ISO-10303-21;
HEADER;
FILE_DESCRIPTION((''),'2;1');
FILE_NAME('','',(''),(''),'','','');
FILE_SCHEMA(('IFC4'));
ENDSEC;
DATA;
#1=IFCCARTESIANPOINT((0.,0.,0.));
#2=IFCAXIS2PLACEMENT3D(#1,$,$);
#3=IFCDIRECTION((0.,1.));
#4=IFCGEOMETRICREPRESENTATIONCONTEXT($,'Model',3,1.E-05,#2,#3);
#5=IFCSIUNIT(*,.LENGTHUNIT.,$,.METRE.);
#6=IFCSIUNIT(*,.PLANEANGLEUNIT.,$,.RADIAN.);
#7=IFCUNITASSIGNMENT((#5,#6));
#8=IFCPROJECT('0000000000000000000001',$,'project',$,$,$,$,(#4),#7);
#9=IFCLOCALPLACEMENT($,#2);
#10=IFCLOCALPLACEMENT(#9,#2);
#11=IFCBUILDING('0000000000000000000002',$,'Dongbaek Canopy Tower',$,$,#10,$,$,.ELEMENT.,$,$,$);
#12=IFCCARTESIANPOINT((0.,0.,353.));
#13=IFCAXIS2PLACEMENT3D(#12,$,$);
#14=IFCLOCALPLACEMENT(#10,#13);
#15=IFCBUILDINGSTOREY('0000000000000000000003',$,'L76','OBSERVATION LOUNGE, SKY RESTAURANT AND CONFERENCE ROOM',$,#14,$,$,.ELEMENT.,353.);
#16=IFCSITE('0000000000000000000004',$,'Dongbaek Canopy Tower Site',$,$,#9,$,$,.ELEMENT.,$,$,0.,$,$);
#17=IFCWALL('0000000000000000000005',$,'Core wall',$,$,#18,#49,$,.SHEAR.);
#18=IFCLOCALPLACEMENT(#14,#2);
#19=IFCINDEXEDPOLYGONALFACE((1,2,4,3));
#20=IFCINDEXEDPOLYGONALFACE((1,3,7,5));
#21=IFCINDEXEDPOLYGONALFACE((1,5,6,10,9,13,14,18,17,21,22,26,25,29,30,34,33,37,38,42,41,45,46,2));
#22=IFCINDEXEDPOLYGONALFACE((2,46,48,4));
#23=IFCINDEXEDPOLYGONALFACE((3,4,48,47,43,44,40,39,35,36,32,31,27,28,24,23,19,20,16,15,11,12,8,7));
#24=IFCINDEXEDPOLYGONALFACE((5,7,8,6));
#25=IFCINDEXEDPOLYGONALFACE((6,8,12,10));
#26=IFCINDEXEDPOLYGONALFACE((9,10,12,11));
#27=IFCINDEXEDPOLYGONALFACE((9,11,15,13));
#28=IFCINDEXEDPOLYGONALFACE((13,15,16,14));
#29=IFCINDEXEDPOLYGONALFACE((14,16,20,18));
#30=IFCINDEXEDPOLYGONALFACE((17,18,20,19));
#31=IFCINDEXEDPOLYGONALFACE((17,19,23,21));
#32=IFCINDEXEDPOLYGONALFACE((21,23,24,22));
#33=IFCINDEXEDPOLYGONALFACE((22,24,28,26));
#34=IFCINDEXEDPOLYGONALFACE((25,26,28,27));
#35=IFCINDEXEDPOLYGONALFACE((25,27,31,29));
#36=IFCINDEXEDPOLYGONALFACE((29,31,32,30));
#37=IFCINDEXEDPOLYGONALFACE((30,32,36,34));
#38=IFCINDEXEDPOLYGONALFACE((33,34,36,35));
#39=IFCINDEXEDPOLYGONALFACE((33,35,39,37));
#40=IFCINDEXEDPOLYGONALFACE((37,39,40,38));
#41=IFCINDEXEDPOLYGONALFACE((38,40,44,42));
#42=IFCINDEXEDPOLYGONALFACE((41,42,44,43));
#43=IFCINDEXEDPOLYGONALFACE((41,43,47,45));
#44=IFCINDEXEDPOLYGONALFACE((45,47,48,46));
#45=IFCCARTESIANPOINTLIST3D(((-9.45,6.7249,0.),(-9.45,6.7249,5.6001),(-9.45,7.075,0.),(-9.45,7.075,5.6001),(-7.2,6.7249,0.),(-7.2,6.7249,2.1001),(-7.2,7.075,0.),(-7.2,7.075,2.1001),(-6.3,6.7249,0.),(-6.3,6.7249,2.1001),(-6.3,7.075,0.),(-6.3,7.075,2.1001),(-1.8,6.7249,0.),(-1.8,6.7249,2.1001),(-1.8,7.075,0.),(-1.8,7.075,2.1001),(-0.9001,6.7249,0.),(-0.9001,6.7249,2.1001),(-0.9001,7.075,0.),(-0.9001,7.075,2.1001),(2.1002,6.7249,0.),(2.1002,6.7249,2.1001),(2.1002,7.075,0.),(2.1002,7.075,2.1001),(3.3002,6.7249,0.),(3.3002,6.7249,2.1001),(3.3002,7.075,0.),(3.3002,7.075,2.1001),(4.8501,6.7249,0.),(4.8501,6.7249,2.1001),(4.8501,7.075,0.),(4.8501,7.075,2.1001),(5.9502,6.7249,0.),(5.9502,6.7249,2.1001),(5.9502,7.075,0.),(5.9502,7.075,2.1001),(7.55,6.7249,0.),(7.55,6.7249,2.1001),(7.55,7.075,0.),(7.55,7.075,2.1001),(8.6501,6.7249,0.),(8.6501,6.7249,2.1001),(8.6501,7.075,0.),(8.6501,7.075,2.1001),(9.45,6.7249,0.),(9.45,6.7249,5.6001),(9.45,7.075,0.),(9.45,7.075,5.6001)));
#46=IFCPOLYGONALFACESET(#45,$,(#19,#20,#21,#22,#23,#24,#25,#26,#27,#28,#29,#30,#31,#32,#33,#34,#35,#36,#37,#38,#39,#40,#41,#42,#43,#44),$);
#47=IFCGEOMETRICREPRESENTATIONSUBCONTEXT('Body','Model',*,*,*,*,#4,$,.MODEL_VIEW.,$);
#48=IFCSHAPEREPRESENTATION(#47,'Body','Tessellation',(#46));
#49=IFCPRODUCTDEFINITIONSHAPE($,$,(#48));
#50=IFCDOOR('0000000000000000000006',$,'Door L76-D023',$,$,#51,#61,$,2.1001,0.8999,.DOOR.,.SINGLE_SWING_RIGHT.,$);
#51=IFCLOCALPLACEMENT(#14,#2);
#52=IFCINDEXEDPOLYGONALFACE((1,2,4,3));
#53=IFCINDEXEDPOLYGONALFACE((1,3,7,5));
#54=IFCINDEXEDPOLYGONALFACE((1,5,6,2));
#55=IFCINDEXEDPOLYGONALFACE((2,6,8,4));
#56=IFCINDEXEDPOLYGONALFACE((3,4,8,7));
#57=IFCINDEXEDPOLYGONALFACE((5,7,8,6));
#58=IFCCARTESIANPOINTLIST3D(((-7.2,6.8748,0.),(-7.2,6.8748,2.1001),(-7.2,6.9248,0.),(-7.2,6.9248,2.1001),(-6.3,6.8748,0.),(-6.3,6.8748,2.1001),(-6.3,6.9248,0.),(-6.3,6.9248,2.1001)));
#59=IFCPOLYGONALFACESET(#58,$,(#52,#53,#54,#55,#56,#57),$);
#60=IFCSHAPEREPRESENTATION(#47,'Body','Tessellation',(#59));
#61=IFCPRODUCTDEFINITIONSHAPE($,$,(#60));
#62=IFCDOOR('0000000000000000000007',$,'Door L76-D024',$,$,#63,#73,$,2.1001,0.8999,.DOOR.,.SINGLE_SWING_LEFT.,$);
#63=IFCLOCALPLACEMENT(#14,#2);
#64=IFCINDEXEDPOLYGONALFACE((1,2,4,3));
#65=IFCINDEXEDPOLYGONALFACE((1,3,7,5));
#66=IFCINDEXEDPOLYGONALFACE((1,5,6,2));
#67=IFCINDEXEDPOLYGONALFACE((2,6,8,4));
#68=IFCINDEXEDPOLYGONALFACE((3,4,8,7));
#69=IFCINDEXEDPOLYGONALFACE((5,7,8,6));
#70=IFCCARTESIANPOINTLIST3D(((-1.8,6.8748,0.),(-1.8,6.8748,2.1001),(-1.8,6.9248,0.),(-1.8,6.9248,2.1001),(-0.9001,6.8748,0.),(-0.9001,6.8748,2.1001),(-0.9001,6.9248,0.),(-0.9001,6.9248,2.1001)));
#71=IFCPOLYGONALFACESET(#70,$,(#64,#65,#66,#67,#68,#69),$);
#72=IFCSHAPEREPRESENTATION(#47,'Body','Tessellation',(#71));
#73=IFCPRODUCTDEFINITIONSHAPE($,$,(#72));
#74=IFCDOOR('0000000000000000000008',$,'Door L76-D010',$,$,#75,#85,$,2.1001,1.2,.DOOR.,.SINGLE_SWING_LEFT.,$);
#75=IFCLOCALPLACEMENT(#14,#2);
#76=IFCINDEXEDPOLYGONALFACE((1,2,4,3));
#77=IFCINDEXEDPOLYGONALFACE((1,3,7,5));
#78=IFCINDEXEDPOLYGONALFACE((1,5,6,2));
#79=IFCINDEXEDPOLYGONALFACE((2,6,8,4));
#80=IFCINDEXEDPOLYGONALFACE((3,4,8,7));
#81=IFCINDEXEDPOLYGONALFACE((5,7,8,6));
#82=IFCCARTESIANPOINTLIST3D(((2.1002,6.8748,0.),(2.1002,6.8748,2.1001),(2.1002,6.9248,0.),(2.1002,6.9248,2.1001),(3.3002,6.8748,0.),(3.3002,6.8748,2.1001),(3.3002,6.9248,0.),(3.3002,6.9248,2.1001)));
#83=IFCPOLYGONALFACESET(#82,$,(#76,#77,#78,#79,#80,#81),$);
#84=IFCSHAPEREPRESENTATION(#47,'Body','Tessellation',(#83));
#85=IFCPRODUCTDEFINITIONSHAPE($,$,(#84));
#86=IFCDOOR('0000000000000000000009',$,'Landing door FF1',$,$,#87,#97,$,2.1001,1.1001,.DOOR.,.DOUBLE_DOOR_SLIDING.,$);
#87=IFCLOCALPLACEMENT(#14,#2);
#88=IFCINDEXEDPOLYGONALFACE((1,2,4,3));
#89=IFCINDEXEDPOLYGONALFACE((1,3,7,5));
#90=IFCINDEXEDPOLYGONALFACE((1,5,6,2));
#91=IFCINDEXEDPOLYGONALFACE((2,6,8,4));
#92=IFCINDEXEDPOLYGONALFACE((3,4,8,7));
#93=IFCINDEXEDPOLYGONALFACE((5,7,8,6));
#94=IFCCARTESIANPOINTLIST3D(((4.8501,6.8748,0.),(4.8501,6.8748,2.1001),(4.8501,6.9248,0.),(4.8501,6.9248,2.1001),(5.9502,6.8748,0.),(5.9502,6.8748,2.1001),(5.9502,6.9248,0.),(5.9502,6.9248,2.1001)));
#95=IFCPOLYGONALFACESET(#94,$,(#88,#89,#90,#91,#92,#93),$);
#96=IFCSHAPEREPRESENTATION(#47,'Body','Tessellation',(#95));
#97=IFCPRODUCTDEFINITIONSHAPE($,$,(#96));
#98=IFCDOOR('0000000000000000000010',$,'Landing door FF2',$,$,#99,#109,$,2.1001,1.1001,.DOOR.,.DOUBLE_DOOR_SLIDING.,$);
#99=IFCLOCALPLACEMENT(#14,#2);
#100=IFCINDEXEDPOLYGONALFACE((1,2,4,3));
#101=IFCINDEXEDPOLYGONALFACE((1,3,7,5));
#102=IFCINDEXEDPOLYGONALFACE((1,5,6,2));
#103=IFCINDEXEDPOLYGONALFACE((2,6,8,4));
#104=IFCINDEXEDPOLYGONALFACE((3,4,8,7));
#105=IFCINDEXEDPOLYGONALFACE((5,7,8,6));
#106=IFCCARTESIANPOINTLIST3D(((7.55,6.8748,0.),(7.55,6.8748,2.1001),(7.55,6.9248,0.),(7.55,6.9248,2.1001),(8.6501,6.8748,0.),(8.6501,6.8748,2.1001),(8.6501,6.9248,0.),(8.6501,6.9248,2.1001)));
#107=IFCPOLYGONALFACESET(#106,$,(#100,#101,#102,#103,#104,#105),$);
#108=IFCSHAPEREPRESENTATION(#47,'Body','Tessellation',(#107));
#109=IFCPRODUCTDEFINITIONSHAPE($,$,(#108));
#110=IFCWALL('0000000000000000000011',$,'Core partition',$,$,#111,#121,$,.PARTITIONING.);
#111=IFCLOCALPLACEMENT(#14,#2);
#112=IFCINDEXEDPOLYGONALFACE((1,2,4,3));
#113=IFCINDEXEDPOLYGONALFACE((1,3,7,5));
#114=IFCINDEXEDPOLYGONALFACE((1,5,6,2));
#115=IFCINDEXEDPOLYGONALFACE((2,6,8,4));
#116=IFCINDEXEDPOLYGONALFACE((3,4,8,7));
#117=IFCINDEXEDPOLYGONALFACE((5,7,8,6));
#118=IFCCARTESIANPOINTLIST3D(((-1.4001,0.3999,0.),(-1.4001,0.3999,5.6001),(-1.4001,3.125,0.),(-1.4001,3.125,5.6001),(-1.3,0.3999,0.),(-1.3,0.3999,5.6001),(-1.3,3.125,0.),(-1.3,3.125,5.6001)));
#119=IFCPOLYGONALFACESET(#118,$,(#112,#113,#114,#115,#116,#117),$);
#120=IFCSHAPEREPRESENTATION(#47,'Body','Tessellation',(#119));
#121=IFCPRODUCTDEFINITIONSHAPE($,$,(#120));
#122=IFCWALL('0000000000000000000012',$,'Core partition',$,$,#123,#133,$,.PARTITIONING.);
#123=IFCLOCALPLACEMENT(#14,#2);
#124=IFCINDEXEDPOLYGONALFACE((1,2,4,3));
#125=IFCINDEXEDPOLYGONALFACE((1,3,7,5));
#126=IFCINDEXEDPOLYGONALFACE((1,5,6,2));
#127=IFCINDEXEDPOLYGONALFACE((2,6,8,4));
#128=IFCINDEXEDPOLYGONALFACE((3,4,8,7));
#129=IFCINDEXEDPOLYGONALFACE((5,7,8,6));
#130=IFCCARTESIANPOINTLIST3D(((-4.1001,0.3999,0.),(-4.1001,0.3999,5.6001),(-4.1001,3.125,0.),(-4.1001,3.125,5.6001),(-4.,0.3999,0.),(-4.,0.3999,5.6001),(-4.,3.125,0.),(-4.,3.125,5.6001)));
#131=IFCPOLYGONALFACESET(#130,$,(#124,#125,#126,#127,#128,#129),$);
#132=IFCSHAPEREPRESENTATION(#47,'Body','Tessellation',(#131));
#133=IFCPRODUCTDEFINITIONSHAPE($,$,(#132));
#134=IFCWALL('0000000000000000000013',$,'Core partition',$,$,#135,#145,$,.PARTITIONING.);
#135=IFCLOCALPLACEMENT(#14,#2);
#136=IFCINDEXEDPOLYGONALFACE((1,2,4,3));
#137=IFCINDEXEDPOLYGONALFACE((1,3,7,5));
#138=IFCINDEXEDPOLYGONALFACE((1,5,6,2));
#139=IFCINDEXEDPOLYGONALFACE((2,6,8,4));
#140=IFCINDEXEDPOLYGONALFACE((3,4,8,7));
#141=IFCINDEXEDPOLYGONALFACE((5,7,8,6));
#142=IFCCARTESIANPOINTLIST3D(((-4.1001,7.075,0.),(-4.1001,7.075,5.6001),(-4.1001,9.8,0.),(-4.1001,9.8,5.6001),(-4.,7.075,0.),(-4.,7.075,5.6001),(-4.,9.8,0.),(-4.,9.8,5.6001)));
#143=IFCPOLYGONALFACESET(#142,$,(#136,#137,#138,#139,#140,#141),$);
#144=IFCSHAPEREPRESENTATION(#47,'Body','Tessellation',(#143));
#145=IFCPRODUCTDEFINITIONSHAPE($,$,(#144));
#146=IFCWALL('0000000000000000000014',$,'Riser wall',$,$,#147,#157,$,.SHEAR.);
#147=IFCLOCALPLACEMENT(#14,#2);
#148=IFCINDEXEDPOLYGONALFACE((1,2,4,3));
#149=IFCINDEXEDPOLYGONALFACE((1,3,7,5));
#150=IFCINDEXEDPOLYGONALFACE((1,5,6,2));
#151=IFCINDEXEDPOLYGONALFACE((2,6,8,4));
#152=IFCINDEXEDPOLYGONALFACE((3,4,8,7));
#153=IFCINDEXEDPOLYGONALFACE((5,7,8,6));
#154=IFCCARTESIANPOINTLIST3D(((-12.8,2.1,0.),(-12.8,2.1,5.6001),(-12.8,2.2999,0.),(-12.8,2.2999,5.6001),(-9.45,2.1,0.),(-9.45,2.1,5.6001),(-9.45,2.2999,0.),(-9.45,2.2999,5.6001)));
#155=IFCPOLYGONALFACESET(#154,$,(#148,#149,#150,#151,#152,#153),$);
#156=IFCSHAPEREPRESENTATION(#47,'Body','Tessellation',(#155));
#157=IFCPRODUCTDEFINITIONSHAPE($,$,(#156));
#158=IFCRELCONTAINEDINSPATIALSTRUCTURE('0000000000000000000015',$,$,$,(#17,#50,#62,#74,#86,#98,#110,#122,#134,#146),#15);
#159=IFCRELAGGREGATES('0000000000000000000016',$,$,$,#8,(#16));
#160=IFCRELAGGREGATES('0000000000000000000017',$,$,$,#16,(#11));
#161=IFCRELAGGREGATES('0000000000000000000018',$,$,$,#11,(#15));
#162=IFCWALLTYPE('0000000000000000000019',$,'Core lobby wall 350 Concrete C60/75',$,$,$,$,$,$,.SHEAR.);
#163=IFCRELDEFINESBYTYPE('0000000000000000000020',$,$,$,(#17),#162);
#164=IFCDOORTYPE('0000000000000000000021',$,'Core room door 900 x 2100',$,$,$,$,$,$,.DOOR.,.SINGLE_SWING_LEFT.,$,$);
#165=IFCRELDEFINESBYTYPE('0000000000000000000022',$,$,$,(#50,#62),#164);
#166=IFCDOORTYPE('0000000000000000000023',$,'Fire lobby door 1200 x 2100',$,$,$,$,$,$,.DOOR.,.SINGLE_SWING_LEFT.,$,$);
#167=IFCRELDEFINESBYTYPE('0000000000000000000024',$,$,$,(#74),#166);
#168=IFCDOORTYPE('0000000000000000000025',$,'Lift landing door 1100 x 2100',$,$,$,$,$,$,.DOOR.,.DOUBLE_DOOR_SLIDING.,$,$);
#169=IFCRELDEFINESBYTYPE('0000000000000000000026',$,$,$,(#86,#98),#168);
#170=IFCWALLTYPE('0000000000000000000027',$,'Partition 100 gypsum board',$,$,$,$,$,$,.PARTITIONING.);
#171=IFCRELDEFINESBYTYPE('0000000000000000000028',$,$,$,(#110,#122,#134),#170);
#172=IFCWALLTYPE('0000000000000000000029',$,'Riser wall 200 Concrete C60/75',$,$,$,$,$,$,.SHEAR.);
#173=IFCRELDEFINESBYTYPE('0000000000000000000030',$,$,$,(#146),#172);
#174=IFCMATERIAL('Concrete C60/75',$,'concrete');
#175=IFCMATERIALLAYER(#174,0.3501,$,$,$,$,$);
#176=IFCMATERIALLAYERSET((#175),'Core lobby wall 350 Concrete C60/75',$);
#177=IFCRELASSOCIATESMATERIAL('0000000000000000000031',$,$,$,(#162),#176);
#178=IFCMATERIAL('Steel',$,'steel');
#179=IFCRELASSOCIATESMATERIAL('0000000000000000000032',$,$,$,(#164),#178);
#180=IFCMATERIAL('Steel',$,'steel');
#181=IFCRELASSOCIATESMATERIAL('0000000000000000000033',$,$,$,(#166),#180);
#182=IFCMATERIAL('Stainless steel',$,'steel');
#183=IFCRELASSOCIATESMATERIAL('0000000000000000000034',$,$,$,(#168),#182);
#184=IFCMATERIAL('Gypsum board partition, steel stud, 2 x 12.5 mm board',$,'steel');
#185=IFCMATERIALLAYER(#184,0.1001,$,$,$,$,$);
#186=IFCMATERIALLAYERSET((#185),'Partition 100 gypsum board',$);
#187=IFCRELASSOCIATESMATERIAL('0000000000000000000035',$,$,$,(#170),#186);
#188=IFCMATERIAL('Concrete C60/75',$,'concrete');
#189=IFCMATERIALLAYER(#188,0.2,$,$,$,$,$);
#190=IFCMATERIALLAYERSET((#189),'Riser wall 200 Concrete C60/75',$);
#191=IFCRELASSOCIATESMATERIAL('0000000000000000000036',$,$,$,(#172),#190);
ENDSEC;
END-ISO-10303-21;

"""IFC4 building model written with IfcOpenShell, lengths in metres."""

from ifc_helpers import new_model, si_unit, direction, frame, frame_2d, origin, place, context, subcontext, project, spatial, rectangle, extrude, material, layer, layer_set, type_object, element, fill, save


model = new_model("IFC4")

# Units and contexts
model_context = context("Model", 3, precision=1e-05, world=origin(), true_north=direction((0.0, 1.0)))
body_context = subcontext(model_context, "Body", "Model", "MODEL_VIEW")
ifc_project = project(units=[si_unit("LENGTHUNIT", "METRE"), si_unit("PLANEANGLEUNIT", "RADIAN")], contexts=[model_context])

# Site, building, storey
site_placement = place(None, origin())
site = spatial("IfcSite", under=ifc_project, at=site_placement, Name="Dongbaek Canopy Tower Site", CompositionType="ELEMENT", RefElevation=0.0)
building_placement = place(site_placement, origin())
building = spatial("IfcBuilding", under=site, at=building_placement, Name="Dongbaek Canopy Tower", CompositionType="ELEMENT")
storey_placement = place(building_placement, frame((0.0, 0.0, 353.0)))
storey = spatial("IfcBuildingStorey", under=building, at=storey_placement, Name="L76", Description="OBSERVATION LOUNGE, SKY RESTAURANT AND CONFERENCE ROOM", CompositionType="ELEMENT", Elevation=353.0)

# Wall, openings, doors
ifc_material_1 = material(Name="Concrete C60/75", Category="concrete")
ifc_layer_1 = layer(ifc_material_1, 0.3501)
ifc_layer_set_1 = layer_set([ifc_layer_1], Name="Core lobby wall 350 Concrete C60/75")
wall_type_1 = type_object("IfcWallType", Name="Core lobby wall 350 Concrete C60/75", PredefinedType="SHEAR", material=ifc_layer_set_1)
wall_1_placement = place(storey_placement, frame((-9.45, 6.8999, 0.0), z_axis=(0.0, 0.0, 1.0), x_axis=(1.0, 0.0, 0.0)))
wall_1 = element("IfcWall", 1, at=wall_1_placement, inside=storey, type_object=wall_type_1, Name="Core wall", PredefinedType="SHEAR", context=body_context, shape_type="SweptSolid", body=[
    extrude(rectangle(XDim=18.8999, YDim=0.3501, at=frame_2d((9.45, 0.0))), origin(), (0.0, 0.0, 1.0), 5.6001),
])
opening_1_placement = place(wall_1_placement, frame((11.55, 0.0, 0.0)))
opening_1 = element("IfcOpeningElement", 2, at=opening_1_placement, cuts=wall_1, PredefinedType="OPENING", context=body_context, shape_type="SweptSolid", body=[
    extrude(rectangle(XDim=1.2, YDim=2.1001, at=frame_2d((0.6001, 1.05))), frame((0.0, 0.1851, 0.0), z_axis=(0.0, -1.0, 0.0), x_axis=(1.0, 0.0, 0.0)), (0.0, 0.0, 1.0), 0.3701),
])
opening_2_placement = place(wall_1_placement, frame((14.3, 0.0, 0.0)))
opening_2 = element("IfcOpeningElement", 3, at=opening_2_placement, cuts=wall_1, PredefinedType="OPENING", context=body_context, shape_type="SweptSolid", body=[
    extrude(rectangle(XDim=1.1001, YDim=2.1001, at=frame_2d((0.55, 1.05))), frame((0.0, 0.1851, 0.0), z_axis=(0.0, -1.0, 0.0), x_axis=(1.0, 0.0, 0.0)), (0.0, 0.0, 1.0), 0.3701),
])
opening_3_placement = place(wall_1_placement, frame((17.0, 0.0, 0.0)))
opening_3 = element("IfcOpeningElement", 4, at=opening_3_placement, cuts=wall_1, PredefinedType="OPENING", context=body_context, shape_type="SweptSolid", body=[
    extrude(rectangle(XDim=1.1001, YDim=2.1001, at=frame_2d((0.55, 1.05))), frame((0.0, 0.1851, 0.0), z_axis=(0.0, -1.0, 0.0), x_axis=(1.0, 0.0, 0.0)), (0.0, 0.0, 1.0), 0.3701),
])
opening_4_placement = place(wall_1_placement, frame((2.25, 0.0, 0.0)))
opening_4 = element("IfcOpeningElement", 5, at=opening_4_placement, cuts=wall_1, PredefinedType="OPENING", context=body_context, shape_type="SweptSolid", body=[
    extrude(rectangle(XDim=0.8999, YDim=2.1001, at=frame_2d((0.45, 1.05))), frame((0.0, 0.1851, 0.0), z_axis=(0.0, -1.0, 0.0), x_axis=(1.0, 0.0, 0.0)), (0.0, 0.0, 1.0), 0.3701),
])
opening_5_placement = place(wall_1_placement, frame((7.6499, 0.0, 0.0)))
opening_5 = element("IfcOpeningElement", 6, at=opening_5_placement, cuts=wall_1, PredefinedType="OPENING", context=body_context, shape_type="SweptSolid", body=[
    extrude(rectangle(XDim=0.8999, YDim=2.1001, at=frame_2d((0.45, 1.05))), frame((0.0, 0.1851, 0.0), z_axis=(0.0, -1.0, 0.0), x_axis=(1.0, 0.0, 0.0)), (0.0, 0.0, 1.0), 0.3701),
])
ifc_material_2 = material(Name="Steel", Category="steel")
door_type_1 = type_object("IfcDoorType", Name="Core room door 900 x 2100", OperationType="SINGLE_SWING_LEFT", PredefinedType="DOOR", material=ifc_material_2)
door_1_placement = place(opening_4_placement, origin())
door_1 = element("IfcDoor", 7, at=door_1_placement, inside=storey, type_object=door_type_1, Name="Door L76-D023", OperationType="SINGLE_SWING_RIGHT", OverallHeight=2.1001, OverallWidth=0.8999, PredefinedType="DOOR", context=body_context, shape_type="SweptSolid", body=[
    extrude(rectangle(XDim=0.8999, YDim=2.1001, at=frame_2d((0.45, 1.05))), frame((0.0, 0.0249, 0.0), z_axis=(0.0, -1.0, 0.0), x_axis=(1.0, 0.0, 0.0)), (0.0, 0.0, 1.0), 0.05),
])
fill(opening_4, door_1)
door_2_placement = place(opening_5_placement, origin())
door_2 = element("IfcDoor", 8, at=door_2_placement, inside=storey, type_object=door_type_1, Name="Door L76-D024", OperationType="SINGLE_SWING_LEFT", OverallHeight=2.1001, OverallWidth=0.8999, PredefinedType="DOOR", context=body_context, shape_type="SweptSolid", body=[
    extrude(rectangle(XDim=0.8999, YDim=2.1001, at=frame_2d((0.45, 1.05))), frame((0.0, 0.0249, 0.0), z_axis=(0.0, -1.0, 0.0), x_axis=(1.0, 0.0, 0.0)), (0.0, 0.0, 1.0), 0.05),
])
fill(opening_5, door_2)
ifc_material_3 = material(Name="Steel", Category="steel")
door_type_2 = type_object("IfcDoorType", Name="Fire lobby door 1200 x 2100", OperationType="SINGLE_SWING_LEFT", PredefinedType="DOOR", material=ifc_material_3)
door_3_placement = place(opening_1_placement, origin())
door_3 = element("IfcDoor", 9, at=door_3_placement, inside=storey, type_object=door_type_2, Name="Door L76-D010", OperationType="SINGLE_SWING_LEFT", OverallHeight=2.1001, OverallWidth=1.2, PredefinedType="DOOR", context=body_context, shape_type="SweptSolid", body=[
    extrude(rectangle(XDim=1.2, YDim=2.1001, at=frame_2d((0.6001, 1.05))), frame((0.0, 0.0249, 0.0), z_axis=(0.0, -1.0, 0.0), x_axis=(1.0, 0.0, 0.0)), (0.0, 0.0, 1.0), 0.05),
])
fill(opening_1, door_3)
ifc_material_4 = material(Name="Stainless steel", Category="steel")
door_type_3 = type_object("IfcDoorType", Name="Lift landing door 1100 x 2100", OperationType="DOUBLE_DOOR_SLIDING", PredefinedType="DOOR", material=ifc_material_4)
door_4_placement = place(opening_2_placement, origin())
door_4 = element("IfcDoor", 10, at=door_4_placement, inside=storey, type_object=door_type_3, Name="Landing door FF1", OperationType="DOUBLE_DOOR_SLIDING", OverallHeight=2.1001, OverallWidth=1.1001, PredefinedType="DOOR", context=body_context, shape_type="SweptSolid", body=[
    extrude(rectangle(XDim=1.1001, YDim=2.1001, at=frame_2d((0.55, 1.05))), frame((0.0, 0.0249, 0.0), z_axis=(0.0, -1.0, 0.0), x_axis=(1.0, 0.0, 0.0)), (0.0, 0.0, 1.0), 0.05),
])
fill(opening_2, door_4)
door_5_placement = place(opening_3_placement, origin())
door_5 = element("IfcDoor", 11, at=door_5_placement, inside=storey, type_object=door_type_3, Name="Landing door FF2", OperationType="DOUBLE_DOOR_SLIDING", OverallHeight=2.1001, OverallWidth=1.1001, PredefinedType="DOOR", context=body_context, shape_type="SweptSolid", body=[
    extrude(rectangle(XDim=1.1001, YDim=2.1001, at=frame_2d((0.55, 1.05))), frame((0.0, 0.0249, 0.0), z_axis=(0.0, -1.0, 0.0), x_axis=(1.0, 0.0, 0.0)), (0.0, 0.0, 1.0), 0.05),
])
fill(opening_3, door_5)

# Walls
ifc_material_5 = material(Name="Gypsum board partition, steel stud, 2 x 12.5 mm board", Category="steel")
ifc_layer_2 = layer(ifc_material_5, 0.1001)
ifc_layer_set_2 = layer_set([ifc_layer_2], Name="Partition 100 gypsum board")
wall_type_2 = type_object("IfcWallType", Name="Partition 100 gypsum board", PredefinedType="PARTITIONING", material=ifc_layer_set_2)
for number, where, z_axis, x_axis, name in (
    (12, (-1.3501, 0.3999, 0.0), (0.0, 0.0, 1.0), (0.0, 1.0, 0.0), "Core partition"),
    (13, (-4.05, 0.3999, 0.0), (0.0, 0.0, 1.0), (0.0, 1.0, 0.0), "Core partition"),
    (14, (-4.05, 7.075, 0.0), (0.0, 0.0, 1.0), (0.0, 1.0, 0.0), "Core partition"),
):
    element("IfcWall", number, at=place(storey_placement, frame(where, z_axis=z_axis, x_axis=x_axis)), inside=storey, type_object=wall_type_2, Name=name, PredefinedType="PARTITIONING", context=body_context, shape_type="SweptSolid", body=[
        extrude(rectangle(XDim=2.7251, YDim=0.1001, at=frame_2d((1.3625, 0.0))), origin(), (0.0, 0.0, 1.0), 5.6001),
    ])
ifc_material_6 = material(Name="Concrete C60/75", Category="concrete")
ifc_layer_3 = layer(ifc_material_6, 0.2)
ifc_layer_set_3 = layer_set([ifc_layer_3], Name="Riser wall 200 Concrete C60/75")
wall_type_3 = type_object("IfcWallType", Name="Riser wall 200 Concrete C60/75", PredefinedType="SHEAR", material=ifc_layer_set_3)
wall_2_placement = place(storey_placement, frame((-9.45, 2.2, 0.0), z_axis=(0.0, 0.0, 1.0), x_axis=(-1.0, 0.0, 0.0)))
element("IfcWall", 15, at=wall_2_placement, inside=storey, type_object=wall_type_3, Name="Riser wall", PredefinedType="SHEAR", context=body_context, shape_type="SweptSolid", body=[
    extrude(rectangle(XDim=3.3501, YDim=0.2, at=frame_2d((1.675, 0.0))), origin(), (0.0, 0.0, 1.0), 5.6001),
])

save(model, "model.ifc")
